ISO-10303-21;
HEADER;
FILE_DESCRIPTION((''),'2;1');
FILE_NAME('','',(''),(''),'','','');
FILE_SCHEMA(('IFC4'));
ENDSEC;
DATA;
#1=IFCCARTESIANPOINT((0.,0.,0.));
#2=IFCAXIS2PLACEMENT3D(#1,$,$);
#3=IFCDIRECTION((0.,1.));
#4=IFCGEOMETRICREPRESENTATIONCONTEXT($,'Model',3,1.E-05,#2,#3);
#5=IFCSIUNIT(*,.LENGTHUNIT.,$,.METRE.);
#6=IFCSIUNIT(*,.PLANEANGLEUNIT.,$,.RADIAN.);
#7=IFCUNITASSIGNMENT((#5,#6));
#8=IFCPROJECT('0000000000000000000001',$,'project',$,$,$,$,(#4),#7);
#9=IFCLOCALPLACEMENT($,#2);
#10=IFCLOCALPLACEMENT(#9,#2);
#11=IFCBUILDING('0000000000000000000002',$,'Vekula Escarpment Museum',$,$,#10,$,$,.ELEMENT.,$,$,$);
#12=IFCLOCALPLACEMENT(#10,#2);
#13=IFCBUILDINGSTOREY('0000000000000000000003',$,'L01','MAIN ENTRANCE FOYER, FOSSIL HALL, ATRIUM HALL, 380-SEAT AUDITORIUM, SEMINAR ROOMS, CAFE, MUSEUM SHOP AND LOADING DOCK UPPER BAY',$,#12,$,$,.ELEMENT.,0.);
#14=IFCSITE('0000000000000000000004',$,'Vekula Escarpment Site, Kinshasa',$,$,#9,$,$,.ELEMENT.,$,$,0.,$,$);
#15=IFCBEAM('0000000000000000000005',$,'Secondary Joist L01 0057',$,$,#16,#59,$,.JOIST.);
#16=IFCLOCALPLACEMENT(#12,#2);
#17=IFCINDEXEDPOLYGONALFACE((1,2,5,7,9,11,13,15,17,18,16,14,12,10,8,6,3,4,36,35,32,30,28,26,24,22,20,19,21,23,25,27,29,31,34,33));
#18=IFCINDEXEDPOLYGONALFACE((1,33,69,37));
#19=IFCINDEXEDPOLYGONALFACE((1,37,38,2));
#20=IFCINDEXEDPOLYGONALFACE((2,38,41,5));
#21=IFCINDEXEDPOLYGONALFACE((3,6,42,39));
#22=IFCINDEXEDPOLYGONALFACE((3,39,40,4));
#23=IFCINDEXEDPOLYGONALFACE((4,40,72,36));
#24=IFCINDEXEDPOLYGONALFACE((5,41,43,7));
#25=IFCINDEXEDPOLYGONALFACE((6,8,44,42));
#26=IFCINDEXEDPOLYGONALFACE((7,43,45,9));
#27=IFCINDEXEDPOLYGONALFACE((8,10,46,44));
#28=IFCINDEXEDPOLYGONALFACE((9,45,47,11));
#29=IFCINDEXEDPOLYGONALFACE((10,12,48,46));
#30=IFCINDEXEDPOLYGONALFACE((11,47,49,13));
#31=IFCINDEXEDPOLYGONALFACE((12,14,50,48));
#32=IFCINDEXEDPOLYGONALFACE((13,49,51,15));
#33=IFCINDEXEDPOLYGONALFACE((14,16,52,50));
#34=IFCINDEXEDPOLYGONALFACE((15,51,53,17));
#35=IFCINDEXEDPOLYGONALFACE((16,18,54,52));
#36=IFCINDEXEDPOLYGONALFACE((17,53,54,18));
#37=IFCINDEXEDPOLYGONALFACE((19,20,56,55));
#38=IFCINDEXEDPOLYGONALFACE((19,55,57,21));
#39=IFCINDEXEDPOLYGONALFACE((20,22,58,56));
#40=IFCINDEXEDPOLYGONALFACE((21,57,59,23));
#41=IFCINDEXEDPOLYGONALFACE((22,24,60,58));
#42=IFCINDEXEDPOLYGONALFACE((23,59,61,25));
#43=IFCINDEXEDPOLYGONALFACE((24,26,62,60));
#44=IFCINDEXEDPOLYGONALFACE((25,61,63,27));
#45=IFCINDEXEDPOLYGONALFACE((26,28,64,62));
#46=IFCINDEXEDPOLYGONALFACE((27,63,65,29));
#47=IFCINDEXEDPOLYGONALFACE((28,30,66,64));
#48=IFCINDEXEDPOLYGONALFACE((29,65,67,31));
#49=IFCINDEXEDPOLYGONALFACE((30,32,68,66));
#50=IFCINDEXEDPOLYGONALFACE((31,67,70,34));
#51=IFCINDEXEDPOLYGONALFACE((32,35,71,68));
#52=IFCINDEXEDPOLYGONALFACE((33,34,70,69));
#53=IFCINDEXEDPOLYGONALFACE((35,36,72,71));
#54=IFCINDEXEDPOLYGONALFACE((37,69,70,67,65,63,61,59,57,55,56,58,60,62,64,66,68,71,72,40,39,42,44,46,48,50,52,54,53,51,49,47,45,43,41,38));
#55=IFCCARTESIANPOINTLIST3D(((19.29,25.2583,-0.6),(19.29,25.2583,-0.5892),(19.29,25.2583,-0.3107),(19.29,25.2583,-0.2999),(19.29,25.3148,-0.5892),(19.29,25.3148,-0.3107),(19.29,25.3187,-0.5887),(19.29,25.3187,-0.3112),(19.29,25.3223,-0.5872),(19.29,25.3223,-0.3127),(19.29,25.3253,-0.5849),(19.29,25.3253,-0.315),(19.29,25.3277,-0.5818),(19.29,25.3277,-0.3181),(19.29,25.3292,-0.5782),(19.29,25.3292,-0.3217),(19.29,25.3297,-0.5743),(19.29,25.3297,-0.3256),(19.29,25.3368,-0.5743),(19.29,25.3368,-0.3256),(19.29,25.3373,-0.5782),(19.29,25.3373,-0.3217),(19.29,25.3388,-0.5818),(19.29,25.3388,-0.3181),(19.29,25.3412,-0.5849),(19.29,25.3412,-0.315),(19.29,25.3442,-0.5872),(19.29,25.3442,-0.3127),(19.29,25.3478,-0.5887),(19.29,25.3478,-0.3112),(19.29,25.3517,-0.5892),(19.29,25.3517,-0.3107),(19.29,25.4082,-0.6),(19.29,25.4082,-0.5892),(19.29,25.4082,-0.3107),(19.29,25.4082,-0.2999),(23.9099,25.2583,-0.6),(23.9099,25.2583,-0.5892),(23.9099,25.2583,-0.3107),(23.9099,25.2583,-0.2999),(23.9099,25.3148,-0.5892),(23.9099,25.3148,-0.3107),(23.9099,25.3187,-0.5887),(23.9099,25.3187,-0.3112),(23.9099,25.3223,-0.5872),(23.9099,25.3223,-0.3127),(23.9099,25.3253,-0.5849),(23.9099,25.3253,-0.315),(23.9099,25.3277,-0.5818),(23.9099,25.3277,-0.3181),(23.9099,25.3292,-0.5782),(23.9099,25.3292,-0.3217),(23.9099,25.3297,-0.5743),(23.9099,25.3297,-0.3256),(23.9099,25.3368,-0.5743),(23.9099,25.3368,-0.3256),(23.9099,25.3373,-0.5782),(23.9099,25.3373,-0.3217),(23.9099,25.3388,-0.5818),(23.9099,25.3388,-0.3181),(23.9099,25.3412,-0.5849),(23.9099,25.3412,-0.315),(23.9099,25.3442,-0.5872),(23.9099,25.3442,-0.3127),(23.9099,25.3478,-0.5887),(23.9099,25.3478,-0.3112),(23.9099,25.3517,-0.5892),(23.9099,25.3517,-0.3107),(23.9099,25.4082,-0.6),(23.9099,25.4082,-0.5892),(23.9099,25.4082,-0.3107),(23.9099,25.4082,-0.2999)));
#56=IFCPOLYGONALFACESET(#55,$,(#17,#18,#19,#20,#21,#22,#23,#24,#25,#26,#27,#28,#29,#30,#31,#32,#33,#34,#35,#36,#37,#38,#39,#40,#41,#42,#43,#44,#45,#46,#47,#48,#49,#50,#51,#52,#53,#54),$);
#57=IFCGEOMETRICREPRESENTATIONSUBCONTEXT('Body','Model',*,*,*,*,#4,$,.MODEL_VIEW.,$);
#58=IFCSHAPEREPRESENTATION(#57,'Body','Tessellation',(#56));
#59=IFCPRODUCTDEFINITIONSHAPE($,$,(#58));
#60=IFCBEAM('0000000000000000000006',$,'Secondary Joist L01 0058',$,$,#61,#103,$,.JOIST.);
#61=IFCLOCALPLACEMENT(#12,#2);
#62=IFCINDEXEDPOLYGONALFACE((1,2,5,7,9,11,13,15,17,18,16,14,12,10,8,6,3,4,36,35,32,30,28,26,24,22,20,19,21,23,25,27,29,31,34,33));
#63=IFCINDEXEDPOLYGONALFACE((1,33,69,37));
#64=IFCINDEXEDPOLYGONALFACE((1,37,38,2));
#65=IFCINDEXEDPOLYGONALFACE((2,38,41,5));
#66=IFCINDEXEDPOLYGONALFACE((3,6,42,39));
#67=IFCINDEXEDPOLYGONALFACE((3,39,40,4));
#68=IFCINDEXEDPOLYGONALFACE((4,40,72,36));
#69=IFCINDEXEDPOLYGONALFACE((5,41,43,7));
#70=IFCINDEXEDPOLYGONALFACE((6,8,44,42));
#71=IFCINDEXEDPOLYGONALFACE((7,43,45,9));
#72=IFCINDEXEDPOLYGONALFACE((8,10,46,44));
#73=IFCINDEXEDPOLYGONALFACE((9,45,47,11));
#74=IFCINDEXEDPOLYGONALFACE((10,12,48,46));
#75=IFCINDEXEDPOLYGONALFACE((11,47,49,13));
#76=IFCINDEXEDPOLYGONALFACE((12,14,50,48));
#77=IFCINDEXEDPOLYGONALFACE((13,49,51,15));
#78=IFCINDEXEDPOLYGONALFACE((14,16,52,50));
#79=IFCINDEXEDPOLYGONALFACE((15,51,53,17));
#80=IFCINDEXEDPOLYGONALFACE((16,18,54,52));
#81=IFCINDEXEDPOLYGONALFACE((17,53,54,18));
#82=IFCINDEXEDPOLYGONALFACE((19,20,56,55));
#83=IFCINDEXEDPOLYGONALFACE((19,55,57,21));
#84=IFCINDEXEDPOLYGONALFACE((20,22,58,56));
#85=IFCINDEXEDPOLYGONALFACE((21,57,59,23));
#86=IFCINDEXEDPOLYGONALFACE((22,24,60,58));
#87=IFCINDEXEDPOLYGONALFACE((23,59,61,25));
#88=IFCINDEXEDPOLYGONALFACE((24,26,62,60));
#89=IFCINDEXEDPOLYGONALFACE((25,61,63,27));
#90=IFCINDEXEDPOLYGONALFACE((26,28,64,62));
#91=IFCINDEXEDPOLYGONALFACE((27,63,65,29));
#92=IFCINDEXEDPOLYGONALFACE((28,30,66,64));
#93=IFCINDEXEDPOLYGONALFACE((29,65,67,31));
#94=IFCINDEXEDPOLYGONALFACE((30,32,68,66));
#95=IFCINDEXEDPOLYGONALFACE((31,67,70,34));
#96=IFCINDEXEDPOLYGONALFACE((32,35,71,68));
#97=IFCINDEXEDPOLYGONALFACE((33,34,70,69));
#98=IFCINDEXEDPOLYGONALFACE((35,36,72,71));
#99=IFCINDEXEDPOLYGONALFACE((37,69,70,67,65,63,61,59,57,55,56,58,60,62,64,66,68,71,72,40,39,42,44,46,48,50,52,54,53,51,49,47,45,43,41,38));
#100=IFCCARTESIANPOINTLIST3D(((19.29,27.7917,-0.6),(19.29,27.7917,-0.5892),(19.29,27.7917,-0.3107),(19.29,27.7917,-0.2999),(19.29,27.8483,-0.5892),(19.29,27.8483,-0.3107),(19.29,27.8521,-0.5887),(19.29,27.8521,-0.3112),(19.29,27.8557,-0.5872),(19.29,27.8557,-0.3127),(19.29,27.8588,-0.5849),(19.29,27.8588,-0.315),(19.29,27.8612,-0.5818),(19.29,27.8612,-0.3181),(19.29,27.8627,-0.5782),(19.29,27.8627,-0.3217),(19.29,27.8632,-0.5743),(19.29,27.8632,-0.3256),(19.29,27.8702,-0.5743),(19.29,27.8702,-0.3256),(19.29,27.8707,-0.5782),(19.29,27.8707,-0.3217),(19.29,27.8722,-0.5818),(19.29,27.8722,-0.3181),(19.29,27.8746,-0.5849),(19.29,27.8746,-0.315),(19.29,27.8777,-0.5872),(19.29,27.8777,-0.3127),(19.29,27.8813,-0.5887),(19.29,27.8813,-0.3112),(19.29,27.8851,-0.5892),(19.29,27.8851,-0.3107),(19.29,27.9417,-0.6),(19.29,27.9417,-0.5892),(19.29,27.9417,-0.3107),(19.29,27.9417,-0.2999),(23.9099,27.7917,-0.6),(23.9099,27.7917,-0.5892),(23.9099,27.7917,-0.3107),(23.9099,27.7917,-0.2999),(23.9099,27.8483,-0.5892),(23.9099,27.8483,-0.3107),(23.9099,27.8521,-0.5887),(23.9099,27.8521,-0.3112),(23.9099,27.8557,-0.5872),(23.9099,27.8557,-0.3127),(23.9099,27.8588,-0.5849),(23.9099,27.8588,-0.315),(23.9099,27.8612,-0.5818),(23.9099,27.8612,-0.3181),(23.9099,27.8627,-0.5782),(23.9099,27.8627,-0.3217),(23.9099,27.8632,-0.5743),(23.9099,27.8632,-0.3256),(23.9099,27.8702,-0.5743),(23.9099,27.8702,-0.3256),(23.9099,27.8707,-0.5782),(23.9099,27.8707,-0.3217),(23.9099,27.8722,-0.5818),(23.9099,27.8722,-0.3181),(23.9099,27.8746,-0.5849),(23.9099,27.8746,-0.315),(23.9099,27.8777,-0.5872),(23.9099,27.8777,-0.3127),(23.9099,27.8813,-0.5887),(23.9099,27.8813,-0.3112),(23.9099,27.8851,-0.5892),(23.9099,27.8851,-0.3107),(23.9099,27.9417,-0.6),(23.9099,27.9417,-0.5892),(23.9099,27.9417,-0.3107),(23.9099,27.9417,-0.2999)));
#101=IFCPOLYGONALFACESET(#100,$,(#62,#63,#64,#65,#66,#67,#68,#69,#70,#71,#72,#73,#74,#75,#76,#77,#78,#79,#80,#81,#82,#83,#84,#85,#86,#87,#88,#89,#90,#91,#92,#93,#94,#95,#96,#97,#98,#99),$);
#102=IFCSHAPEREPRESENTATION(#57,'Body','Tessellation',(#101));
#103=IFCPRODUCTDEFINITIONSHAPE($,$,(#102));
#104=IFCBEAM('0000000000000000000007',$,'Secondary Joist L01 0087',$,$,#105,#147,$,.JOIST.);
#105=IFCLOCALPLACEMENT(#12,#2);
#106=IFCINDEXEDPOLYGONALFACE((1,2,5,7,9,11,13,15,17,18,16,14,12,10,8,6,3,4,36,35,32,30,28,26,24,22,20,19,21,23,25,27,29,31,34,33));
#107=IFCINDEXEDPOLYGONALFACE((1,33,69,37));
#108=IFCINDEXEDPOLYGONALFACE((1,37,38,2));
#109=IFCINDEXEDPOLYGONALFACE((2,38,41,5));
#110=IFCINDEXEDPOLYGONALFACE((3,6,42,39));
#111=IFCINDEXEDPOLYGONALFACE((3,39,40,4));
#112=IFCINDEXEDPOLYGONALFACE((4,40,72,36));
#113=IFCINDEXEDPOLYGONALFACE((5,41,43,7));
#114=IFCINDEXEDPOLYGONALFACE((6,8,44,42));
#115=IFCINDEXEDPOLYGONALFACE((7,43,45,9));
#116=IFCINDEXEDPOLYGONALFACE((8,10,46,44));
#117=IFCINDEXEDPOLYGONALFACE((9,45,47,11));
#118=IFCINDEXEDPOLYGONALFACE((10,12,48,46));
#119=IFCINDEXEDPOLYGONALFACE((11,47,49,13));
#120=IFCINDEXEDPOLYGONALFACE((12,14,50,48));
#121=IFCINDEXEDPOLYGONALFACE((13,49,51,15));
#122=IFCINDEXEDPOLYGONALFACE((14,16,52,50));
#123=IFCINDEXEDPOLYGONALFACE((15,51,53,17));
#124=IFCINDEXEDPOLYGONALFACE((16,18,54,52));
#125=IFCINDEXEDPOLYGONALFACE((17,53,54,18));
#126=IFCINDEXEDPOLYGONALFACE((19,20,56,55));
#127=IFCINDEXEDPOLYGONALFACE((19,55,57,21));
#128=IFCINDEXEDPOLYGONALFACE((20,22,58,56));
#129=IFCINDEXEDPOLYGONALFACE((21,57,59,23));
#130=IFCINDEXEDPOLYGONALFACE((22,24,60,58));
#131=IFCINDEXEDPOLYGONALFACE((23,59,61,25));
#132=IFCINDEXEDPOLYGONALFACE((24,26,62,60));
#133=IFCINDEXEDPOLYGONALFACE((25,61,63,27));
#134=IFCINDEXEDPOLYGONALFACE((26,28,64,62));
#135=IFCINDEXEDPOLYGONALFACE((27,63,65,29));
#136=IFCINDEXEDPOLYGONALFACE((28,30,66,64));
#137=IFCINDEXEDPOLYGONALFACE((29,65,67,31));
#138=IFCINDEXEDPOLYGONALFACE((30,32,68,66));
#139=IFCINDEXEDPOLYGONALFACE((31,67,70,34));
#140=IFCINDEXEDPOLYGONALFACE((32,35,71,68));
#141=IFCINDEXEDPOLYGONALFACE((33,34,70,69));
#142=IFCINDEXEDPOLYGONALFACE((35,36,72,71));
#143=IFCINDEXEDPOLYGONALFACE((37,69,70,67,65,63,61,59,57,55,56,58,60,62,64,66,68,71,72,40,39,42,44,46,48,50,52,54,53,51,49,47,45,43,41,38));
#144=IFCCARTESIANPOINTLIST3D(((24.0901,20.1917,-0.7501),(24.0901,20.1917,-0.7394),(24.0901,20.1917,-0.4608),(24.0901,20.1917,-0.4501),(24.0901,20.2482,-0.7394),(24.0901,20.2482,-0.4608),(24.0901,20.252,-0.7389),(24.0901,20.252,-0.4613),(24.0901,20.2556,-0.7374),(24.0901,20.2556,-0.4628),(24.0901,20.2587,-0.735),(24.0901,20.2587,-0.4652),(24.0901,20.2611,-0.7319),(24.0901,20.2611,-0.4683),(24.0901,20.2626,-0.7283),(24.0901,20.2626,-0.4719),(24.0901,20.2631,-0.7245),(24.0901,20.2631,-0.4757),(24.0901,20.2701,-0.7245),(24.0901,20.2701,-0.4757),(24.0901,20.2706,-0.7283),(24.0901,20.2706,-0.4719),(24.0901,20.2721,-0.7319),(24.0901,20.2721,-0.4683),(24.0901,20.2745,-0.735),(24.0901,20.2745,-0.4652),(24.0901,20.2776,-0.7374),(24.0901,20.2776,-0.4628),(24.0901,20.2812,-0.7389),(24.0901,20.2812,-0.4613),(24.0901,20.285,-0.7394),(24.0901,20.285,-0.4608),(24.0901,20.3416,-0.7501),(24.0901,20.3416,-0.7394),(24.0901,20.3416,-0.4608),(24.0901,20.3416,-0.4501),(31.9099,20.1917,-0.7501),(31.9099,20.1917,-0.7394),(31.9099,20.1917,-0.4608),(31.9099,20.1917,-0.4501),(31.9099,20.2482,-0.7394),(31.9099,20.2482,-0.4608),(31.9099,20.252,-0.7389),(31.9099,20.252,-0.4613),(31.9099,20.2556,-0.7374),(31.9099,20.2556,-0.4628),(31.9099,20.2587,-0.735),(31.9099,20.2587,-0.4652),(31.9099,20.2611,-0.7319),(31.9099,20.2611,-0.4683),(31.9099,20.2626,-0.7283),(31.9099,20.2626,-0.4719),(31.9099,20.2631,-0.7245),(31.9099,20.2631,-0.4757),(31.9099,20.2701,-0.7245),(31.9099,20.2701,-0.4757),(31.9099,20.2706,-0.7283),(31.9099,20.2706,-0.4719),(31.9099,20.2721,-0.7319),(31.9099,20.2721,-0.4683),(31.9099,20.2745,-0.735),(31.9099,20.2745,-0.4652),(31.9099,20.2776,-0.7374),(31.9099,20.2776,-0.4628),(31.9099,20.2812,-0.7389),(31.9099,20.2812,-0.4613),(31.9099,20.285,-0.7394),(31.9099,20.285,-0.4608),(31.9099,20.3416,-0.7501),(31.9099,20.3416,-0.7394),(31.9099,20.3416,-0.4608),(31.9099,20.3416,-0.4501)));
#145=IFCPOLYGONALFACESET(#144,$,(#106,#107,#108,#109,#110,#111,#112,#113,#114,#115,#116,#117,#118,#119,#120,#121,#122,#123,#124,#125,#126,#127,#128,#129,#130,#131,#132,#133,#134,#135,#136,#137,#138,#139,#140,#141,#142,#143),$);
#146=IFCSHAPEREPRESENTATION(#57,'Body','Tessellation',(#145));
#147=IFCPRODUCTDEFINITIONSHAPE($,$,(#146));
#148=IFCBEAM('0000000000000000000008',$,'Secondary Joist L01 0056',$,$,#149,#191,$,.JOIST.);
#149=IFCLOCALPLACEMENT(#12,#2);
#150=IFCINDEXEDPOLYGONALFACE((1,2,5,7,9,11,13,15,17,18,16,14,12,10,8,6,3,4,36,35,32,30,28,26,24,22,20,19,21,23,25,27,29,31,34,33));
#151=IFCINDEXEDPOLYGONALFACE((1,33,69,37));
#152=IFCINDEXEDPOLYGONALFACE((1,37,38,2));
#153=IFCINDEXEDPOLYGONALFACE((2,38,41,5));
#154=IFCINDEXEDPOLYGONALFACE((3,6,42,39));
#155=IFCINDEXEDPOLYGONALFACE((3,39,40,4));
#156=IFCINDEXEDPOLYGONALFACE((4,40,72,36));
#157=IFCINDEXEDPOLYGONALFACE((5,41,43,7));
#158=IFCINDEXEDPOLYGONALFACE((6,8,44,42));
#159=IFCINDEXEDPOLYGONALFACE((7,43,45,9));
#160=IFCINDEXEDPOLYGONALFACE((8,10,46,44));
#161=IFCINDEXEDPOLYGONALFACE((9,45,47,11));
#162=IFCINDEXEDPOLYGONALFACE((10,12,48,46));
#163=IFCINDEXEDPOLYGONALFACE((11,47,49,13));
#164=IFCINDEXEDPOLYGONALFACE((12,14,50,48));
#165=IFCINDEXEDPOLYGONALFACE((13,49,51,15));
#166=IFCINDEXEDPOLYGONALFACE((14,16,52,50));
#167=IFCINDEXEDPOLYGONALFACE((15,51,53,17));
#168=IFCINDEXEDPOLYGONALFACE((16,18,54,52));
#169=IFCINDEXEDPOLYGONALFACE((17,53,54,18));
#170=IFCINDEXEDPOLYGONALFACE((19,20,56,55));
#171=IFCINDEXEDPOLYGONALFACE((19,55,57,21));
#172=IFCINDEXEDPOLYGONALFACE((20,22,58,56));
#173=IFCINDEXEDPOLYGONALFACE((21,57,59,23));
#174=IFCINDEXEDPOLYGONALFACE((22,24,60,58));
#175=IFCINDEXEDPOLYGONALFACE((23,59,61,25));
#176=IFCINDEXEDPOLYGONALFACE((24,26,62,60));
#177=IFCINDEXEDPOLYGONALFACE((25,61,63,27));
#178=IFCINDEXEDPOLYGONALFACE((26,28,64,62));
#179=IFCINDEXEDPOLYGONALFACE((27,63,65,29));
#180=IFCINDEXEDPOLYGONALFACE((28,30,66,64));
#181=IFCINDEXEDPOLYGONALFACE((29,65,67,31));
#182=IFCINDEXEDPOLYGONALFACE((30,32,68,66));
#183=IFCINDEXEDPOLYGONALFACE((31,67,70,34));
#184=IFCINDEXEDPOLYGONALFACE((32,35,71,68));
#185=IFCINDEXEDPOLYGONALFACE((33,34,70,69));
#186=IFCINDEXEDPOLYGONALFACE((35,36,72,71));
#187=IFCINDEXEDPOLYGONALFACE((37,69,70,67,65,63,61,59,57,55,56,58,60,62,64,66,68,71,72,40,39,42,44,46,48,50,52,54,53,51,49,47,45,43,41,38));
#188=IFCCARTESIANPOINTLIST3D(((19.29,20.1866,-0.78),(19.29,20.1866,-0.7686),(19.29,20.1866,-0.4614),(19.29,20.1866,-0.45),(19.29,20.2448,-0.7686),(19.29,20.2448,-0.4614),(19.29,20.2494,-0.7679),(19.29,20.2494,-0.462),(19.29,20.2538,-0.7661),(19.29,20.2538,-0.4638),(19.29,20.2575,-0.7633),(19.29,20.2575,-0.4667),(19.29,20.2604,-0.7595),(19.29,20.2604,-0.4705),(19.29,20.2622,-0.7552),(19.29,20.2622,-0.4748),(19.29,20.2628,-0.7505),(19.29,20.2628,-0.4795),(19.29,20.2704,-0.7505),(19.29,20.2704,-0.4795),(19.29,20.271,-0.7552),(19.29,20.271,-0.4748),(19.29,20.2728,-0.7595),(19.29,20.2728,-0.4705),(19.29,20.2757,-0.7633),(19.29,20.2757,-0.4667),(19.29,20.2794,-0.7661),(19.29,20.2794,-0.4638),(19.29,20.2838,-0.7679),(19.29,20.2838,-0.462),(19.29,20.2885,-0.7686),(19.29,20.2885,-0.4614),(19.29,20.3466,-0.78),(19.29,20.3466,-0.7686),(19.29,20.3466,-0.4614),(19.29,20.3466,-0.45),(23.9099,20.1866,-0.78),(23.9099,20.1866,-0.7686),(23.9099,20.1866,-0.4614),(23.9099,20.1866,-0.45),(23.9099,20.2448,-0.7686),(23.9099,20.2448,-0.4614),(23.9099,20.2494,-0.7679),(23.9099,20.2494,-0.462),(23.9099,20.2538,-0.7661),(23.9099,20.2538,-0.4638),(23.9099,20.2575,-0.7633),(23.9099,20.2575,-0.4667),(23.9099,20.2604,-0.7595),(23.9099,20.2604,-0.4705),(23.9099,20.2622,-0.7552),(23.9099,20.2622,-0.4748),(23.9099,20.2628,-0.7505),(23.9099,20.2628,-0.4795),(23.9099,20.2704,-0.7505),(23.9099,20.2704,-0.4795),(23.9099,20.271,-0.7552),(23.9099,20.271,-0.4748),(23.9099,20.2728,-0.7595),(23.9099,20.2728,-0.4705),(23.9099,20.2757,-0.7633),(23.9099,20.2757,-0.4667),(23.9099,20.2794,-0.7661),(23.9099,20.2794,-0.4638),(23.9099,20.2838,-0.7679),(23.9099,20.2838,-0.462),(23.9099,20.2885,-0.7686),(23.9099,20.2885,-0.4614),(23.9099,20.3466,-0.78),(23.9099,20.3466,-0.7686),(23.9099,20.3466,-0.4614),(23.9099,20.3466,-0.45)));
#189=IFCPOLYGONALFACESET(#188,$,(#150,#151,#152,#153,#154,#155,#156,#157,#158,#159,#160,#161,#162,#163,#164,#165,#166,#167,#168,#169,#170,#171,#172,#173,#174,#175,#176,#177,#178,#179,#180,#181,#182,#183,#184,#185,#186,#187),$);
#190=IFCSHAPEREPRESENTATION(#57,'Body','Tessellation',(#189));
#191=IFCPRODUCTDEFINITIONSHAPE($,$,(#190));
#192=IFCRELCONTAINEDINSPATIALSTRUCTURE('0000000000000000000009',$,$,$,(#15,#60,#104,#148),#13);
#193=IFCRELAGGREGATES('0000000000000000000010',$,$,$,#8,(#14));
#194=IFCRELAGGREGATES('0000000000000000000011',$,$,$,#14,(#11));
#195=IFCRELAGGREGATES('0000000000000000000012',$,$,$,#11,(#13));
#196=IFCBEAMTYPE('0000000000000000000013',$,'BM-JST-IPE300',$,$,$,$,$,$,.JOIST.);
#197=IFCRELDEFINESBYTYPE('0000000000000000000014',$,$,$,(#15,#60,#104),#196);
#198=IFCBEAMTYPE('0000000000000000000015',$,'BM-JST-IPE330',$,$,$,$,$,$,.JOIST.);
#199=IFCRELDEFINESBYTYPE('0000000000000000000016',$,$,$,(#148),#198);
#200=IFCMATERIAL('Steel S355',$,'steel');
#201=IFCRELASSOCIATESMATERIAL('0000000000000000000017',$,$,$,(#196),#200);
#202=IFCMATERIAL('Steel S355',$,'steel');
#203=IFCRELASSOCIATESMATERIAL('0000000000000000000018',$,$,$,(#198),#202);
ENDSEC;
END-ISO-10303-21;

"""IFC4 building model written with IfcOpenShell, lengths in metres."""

from ifc_helpers import new_model, si_unit, direction, frame, origin, origin_2d, place, context, subcontext, project, spatial, i_section, extrude, material, material_profile, profile_set, type_object, element, save


model = new_model("IFC4")

# Units and contexts
model_context = context("Model", 3, precision=1e-05, world=origin(), true_north=direction((0.0, 1.0)))
body_context = subcontext(model_context, "Body", "Model", "MODEL_VIEW")
ifc_project = project(units=[si_unit("LENGTHUNIT", "METRE"), si_unit("PLANEANGLEUNIT", "RADIAN")], contexts=[model_context])

# Site, building, storey
site_placement = place(None, origin())
site = spatial("IfcSite", under=ifc_project, at=site_placement, Name="Vekula Escarpment Site, Kinshasa", CompositionType="ELEMENT", RefElevation=0.0)
building_placement = place(site_placement, origin())
building = spatial("IfcBuilding", under=site, at=building_placement, Name="Vekula Escarpment Museum", CompositionType="ELEMENT")
storey_placement = place(building_placement, origin())
storey = spatial("IfcBuildingStorey", under=building, at=storey_placement, Name="L01", Description="MAIN ENTRANCE FOYER, FOSSIL HALL, ATRIUM HALL, 380-SEAT AUDITORIUM, SEMINAR ROOMS, CAFE, MUSEUM SHOP AND LOADING DOCK UPPER BAY", CompositionType="ELEMENT", Elevation=0.0)

# Beams
ifc_material_1 = material(Name="Steel S355", Category="steel")
ifc_material_profile_1 = material_profile(ifc_material_1, i_section(OverallWidth=0.1499, OverallDepth=0.3, WebThickness=0.0071, FlangeThickness=0.0107, FilletRadius=0.0149, at=origin_2d()), Name="IPE 300")
ifc_profile_set_1 = profile_set([ifc_material_profile_1], Name="Steel S355")
beam_type_1 = type_object("IfcBeamType", Name="BM-JST-IPE300", PredefinedType="JOIST", material=ifc_profile_set_1)
for number, where, z_axis, x_axis, name in (
    (1, (19.29, 25.3333, -0.45), (1.0, 0.0, 0.0), (0.0, 1.0, 0.0), "Secondary Joist L01 0057"),
    (2, (19.29, 27.8667, -0.45), (1.0, 0.0, 0.0), (0.0, 1.0, 0.0), "Secondary Joist L01 0058"),
):
    element("IfcBeam", number, at=place(storey_placement, frame(where, z_axis=z_axis, x_axis=x_axis)), inside=storey, type_object=beam_type_1, Name=name, PredefinedType="JOIST", context=body_context, shape_type="SweptSolid", body=[
        extrude(i_section(OverallWidth=0.1499, OverallDepth=0.3, WebThickness=0.0071, FlangeThickness=0.0107, FilletRadius=0.0149, at=origin_2d()), origin(), (0.0, 0.0, 1.0), 4.6199),
    ])
beam_1_placement = place(storey_placement, frame((24.0901, 20.2666, -0.6001), z_axis=(1.0, 0.0, 0.0), x_axis=(0.0, 1.0, 0.0)))
element("IfcBeam", 3, at=beam_1_placement, inside=storey, type_object=beam_type_1, Name="Secondary Joist L01 0087", PredefinedType="JOIST", context=body_context, shape_type="SweptSolid", body=[
    extrude(i_section(OverallWidth=0.1499, OverallDepth=0.3, WebThickness=0.0071, FlangeThickness=0.0107, FilletRadius=0.0149, at=origin_2d()), origin(), (0.0, 0.0, 1.0), 7.8198),
])
ifc_material_2 = material(Name="Steel S355", Category="steel")
ifc_material_profile_2 = material_profile(ifc_material_2, i_section(OverallWidth=0.1599, OverallDepth=0.3301, WebThickness=0.0076, FlangeThickness=0.0115, FilletRadius=0.0181, at=origin_2d()), Name="IPE 330")
ifc_profile_set_2 = profile_set([ifc_material_profile_2], Name="Steel S355")
beam_type_2 = type_object("IfcBeamType", Name="BM-JST-IPE330", PredefinedType="JOIST", material=ifc_profile_set_2)
beam_2_placement = place(storey_placement, frame((19.29, 20.2666, -0.615), z_axis=(1.0, 0.0, 0.0), x_axis=(0.0, 1.0, 0.0)))
element("IfcBeam", 4, at=beam_2_placement, inside=storey, type_object=beam_type_2, Name="Secondary Joist L01 0056", PredefinedType="JOIST", context=body_context, shape_type="SweptSolid", body=[
    extrude(i_section(OverallWidth=0.1599, OverallDepth=0.3301, WebThickness=0.0076, FlangeThickness=0.0115, FilletRadius=0.0181, at=origin_2d()), origin(), (0.0, 0.0, 1.0), 4.6199),
])

save(model, "model.ifc")
